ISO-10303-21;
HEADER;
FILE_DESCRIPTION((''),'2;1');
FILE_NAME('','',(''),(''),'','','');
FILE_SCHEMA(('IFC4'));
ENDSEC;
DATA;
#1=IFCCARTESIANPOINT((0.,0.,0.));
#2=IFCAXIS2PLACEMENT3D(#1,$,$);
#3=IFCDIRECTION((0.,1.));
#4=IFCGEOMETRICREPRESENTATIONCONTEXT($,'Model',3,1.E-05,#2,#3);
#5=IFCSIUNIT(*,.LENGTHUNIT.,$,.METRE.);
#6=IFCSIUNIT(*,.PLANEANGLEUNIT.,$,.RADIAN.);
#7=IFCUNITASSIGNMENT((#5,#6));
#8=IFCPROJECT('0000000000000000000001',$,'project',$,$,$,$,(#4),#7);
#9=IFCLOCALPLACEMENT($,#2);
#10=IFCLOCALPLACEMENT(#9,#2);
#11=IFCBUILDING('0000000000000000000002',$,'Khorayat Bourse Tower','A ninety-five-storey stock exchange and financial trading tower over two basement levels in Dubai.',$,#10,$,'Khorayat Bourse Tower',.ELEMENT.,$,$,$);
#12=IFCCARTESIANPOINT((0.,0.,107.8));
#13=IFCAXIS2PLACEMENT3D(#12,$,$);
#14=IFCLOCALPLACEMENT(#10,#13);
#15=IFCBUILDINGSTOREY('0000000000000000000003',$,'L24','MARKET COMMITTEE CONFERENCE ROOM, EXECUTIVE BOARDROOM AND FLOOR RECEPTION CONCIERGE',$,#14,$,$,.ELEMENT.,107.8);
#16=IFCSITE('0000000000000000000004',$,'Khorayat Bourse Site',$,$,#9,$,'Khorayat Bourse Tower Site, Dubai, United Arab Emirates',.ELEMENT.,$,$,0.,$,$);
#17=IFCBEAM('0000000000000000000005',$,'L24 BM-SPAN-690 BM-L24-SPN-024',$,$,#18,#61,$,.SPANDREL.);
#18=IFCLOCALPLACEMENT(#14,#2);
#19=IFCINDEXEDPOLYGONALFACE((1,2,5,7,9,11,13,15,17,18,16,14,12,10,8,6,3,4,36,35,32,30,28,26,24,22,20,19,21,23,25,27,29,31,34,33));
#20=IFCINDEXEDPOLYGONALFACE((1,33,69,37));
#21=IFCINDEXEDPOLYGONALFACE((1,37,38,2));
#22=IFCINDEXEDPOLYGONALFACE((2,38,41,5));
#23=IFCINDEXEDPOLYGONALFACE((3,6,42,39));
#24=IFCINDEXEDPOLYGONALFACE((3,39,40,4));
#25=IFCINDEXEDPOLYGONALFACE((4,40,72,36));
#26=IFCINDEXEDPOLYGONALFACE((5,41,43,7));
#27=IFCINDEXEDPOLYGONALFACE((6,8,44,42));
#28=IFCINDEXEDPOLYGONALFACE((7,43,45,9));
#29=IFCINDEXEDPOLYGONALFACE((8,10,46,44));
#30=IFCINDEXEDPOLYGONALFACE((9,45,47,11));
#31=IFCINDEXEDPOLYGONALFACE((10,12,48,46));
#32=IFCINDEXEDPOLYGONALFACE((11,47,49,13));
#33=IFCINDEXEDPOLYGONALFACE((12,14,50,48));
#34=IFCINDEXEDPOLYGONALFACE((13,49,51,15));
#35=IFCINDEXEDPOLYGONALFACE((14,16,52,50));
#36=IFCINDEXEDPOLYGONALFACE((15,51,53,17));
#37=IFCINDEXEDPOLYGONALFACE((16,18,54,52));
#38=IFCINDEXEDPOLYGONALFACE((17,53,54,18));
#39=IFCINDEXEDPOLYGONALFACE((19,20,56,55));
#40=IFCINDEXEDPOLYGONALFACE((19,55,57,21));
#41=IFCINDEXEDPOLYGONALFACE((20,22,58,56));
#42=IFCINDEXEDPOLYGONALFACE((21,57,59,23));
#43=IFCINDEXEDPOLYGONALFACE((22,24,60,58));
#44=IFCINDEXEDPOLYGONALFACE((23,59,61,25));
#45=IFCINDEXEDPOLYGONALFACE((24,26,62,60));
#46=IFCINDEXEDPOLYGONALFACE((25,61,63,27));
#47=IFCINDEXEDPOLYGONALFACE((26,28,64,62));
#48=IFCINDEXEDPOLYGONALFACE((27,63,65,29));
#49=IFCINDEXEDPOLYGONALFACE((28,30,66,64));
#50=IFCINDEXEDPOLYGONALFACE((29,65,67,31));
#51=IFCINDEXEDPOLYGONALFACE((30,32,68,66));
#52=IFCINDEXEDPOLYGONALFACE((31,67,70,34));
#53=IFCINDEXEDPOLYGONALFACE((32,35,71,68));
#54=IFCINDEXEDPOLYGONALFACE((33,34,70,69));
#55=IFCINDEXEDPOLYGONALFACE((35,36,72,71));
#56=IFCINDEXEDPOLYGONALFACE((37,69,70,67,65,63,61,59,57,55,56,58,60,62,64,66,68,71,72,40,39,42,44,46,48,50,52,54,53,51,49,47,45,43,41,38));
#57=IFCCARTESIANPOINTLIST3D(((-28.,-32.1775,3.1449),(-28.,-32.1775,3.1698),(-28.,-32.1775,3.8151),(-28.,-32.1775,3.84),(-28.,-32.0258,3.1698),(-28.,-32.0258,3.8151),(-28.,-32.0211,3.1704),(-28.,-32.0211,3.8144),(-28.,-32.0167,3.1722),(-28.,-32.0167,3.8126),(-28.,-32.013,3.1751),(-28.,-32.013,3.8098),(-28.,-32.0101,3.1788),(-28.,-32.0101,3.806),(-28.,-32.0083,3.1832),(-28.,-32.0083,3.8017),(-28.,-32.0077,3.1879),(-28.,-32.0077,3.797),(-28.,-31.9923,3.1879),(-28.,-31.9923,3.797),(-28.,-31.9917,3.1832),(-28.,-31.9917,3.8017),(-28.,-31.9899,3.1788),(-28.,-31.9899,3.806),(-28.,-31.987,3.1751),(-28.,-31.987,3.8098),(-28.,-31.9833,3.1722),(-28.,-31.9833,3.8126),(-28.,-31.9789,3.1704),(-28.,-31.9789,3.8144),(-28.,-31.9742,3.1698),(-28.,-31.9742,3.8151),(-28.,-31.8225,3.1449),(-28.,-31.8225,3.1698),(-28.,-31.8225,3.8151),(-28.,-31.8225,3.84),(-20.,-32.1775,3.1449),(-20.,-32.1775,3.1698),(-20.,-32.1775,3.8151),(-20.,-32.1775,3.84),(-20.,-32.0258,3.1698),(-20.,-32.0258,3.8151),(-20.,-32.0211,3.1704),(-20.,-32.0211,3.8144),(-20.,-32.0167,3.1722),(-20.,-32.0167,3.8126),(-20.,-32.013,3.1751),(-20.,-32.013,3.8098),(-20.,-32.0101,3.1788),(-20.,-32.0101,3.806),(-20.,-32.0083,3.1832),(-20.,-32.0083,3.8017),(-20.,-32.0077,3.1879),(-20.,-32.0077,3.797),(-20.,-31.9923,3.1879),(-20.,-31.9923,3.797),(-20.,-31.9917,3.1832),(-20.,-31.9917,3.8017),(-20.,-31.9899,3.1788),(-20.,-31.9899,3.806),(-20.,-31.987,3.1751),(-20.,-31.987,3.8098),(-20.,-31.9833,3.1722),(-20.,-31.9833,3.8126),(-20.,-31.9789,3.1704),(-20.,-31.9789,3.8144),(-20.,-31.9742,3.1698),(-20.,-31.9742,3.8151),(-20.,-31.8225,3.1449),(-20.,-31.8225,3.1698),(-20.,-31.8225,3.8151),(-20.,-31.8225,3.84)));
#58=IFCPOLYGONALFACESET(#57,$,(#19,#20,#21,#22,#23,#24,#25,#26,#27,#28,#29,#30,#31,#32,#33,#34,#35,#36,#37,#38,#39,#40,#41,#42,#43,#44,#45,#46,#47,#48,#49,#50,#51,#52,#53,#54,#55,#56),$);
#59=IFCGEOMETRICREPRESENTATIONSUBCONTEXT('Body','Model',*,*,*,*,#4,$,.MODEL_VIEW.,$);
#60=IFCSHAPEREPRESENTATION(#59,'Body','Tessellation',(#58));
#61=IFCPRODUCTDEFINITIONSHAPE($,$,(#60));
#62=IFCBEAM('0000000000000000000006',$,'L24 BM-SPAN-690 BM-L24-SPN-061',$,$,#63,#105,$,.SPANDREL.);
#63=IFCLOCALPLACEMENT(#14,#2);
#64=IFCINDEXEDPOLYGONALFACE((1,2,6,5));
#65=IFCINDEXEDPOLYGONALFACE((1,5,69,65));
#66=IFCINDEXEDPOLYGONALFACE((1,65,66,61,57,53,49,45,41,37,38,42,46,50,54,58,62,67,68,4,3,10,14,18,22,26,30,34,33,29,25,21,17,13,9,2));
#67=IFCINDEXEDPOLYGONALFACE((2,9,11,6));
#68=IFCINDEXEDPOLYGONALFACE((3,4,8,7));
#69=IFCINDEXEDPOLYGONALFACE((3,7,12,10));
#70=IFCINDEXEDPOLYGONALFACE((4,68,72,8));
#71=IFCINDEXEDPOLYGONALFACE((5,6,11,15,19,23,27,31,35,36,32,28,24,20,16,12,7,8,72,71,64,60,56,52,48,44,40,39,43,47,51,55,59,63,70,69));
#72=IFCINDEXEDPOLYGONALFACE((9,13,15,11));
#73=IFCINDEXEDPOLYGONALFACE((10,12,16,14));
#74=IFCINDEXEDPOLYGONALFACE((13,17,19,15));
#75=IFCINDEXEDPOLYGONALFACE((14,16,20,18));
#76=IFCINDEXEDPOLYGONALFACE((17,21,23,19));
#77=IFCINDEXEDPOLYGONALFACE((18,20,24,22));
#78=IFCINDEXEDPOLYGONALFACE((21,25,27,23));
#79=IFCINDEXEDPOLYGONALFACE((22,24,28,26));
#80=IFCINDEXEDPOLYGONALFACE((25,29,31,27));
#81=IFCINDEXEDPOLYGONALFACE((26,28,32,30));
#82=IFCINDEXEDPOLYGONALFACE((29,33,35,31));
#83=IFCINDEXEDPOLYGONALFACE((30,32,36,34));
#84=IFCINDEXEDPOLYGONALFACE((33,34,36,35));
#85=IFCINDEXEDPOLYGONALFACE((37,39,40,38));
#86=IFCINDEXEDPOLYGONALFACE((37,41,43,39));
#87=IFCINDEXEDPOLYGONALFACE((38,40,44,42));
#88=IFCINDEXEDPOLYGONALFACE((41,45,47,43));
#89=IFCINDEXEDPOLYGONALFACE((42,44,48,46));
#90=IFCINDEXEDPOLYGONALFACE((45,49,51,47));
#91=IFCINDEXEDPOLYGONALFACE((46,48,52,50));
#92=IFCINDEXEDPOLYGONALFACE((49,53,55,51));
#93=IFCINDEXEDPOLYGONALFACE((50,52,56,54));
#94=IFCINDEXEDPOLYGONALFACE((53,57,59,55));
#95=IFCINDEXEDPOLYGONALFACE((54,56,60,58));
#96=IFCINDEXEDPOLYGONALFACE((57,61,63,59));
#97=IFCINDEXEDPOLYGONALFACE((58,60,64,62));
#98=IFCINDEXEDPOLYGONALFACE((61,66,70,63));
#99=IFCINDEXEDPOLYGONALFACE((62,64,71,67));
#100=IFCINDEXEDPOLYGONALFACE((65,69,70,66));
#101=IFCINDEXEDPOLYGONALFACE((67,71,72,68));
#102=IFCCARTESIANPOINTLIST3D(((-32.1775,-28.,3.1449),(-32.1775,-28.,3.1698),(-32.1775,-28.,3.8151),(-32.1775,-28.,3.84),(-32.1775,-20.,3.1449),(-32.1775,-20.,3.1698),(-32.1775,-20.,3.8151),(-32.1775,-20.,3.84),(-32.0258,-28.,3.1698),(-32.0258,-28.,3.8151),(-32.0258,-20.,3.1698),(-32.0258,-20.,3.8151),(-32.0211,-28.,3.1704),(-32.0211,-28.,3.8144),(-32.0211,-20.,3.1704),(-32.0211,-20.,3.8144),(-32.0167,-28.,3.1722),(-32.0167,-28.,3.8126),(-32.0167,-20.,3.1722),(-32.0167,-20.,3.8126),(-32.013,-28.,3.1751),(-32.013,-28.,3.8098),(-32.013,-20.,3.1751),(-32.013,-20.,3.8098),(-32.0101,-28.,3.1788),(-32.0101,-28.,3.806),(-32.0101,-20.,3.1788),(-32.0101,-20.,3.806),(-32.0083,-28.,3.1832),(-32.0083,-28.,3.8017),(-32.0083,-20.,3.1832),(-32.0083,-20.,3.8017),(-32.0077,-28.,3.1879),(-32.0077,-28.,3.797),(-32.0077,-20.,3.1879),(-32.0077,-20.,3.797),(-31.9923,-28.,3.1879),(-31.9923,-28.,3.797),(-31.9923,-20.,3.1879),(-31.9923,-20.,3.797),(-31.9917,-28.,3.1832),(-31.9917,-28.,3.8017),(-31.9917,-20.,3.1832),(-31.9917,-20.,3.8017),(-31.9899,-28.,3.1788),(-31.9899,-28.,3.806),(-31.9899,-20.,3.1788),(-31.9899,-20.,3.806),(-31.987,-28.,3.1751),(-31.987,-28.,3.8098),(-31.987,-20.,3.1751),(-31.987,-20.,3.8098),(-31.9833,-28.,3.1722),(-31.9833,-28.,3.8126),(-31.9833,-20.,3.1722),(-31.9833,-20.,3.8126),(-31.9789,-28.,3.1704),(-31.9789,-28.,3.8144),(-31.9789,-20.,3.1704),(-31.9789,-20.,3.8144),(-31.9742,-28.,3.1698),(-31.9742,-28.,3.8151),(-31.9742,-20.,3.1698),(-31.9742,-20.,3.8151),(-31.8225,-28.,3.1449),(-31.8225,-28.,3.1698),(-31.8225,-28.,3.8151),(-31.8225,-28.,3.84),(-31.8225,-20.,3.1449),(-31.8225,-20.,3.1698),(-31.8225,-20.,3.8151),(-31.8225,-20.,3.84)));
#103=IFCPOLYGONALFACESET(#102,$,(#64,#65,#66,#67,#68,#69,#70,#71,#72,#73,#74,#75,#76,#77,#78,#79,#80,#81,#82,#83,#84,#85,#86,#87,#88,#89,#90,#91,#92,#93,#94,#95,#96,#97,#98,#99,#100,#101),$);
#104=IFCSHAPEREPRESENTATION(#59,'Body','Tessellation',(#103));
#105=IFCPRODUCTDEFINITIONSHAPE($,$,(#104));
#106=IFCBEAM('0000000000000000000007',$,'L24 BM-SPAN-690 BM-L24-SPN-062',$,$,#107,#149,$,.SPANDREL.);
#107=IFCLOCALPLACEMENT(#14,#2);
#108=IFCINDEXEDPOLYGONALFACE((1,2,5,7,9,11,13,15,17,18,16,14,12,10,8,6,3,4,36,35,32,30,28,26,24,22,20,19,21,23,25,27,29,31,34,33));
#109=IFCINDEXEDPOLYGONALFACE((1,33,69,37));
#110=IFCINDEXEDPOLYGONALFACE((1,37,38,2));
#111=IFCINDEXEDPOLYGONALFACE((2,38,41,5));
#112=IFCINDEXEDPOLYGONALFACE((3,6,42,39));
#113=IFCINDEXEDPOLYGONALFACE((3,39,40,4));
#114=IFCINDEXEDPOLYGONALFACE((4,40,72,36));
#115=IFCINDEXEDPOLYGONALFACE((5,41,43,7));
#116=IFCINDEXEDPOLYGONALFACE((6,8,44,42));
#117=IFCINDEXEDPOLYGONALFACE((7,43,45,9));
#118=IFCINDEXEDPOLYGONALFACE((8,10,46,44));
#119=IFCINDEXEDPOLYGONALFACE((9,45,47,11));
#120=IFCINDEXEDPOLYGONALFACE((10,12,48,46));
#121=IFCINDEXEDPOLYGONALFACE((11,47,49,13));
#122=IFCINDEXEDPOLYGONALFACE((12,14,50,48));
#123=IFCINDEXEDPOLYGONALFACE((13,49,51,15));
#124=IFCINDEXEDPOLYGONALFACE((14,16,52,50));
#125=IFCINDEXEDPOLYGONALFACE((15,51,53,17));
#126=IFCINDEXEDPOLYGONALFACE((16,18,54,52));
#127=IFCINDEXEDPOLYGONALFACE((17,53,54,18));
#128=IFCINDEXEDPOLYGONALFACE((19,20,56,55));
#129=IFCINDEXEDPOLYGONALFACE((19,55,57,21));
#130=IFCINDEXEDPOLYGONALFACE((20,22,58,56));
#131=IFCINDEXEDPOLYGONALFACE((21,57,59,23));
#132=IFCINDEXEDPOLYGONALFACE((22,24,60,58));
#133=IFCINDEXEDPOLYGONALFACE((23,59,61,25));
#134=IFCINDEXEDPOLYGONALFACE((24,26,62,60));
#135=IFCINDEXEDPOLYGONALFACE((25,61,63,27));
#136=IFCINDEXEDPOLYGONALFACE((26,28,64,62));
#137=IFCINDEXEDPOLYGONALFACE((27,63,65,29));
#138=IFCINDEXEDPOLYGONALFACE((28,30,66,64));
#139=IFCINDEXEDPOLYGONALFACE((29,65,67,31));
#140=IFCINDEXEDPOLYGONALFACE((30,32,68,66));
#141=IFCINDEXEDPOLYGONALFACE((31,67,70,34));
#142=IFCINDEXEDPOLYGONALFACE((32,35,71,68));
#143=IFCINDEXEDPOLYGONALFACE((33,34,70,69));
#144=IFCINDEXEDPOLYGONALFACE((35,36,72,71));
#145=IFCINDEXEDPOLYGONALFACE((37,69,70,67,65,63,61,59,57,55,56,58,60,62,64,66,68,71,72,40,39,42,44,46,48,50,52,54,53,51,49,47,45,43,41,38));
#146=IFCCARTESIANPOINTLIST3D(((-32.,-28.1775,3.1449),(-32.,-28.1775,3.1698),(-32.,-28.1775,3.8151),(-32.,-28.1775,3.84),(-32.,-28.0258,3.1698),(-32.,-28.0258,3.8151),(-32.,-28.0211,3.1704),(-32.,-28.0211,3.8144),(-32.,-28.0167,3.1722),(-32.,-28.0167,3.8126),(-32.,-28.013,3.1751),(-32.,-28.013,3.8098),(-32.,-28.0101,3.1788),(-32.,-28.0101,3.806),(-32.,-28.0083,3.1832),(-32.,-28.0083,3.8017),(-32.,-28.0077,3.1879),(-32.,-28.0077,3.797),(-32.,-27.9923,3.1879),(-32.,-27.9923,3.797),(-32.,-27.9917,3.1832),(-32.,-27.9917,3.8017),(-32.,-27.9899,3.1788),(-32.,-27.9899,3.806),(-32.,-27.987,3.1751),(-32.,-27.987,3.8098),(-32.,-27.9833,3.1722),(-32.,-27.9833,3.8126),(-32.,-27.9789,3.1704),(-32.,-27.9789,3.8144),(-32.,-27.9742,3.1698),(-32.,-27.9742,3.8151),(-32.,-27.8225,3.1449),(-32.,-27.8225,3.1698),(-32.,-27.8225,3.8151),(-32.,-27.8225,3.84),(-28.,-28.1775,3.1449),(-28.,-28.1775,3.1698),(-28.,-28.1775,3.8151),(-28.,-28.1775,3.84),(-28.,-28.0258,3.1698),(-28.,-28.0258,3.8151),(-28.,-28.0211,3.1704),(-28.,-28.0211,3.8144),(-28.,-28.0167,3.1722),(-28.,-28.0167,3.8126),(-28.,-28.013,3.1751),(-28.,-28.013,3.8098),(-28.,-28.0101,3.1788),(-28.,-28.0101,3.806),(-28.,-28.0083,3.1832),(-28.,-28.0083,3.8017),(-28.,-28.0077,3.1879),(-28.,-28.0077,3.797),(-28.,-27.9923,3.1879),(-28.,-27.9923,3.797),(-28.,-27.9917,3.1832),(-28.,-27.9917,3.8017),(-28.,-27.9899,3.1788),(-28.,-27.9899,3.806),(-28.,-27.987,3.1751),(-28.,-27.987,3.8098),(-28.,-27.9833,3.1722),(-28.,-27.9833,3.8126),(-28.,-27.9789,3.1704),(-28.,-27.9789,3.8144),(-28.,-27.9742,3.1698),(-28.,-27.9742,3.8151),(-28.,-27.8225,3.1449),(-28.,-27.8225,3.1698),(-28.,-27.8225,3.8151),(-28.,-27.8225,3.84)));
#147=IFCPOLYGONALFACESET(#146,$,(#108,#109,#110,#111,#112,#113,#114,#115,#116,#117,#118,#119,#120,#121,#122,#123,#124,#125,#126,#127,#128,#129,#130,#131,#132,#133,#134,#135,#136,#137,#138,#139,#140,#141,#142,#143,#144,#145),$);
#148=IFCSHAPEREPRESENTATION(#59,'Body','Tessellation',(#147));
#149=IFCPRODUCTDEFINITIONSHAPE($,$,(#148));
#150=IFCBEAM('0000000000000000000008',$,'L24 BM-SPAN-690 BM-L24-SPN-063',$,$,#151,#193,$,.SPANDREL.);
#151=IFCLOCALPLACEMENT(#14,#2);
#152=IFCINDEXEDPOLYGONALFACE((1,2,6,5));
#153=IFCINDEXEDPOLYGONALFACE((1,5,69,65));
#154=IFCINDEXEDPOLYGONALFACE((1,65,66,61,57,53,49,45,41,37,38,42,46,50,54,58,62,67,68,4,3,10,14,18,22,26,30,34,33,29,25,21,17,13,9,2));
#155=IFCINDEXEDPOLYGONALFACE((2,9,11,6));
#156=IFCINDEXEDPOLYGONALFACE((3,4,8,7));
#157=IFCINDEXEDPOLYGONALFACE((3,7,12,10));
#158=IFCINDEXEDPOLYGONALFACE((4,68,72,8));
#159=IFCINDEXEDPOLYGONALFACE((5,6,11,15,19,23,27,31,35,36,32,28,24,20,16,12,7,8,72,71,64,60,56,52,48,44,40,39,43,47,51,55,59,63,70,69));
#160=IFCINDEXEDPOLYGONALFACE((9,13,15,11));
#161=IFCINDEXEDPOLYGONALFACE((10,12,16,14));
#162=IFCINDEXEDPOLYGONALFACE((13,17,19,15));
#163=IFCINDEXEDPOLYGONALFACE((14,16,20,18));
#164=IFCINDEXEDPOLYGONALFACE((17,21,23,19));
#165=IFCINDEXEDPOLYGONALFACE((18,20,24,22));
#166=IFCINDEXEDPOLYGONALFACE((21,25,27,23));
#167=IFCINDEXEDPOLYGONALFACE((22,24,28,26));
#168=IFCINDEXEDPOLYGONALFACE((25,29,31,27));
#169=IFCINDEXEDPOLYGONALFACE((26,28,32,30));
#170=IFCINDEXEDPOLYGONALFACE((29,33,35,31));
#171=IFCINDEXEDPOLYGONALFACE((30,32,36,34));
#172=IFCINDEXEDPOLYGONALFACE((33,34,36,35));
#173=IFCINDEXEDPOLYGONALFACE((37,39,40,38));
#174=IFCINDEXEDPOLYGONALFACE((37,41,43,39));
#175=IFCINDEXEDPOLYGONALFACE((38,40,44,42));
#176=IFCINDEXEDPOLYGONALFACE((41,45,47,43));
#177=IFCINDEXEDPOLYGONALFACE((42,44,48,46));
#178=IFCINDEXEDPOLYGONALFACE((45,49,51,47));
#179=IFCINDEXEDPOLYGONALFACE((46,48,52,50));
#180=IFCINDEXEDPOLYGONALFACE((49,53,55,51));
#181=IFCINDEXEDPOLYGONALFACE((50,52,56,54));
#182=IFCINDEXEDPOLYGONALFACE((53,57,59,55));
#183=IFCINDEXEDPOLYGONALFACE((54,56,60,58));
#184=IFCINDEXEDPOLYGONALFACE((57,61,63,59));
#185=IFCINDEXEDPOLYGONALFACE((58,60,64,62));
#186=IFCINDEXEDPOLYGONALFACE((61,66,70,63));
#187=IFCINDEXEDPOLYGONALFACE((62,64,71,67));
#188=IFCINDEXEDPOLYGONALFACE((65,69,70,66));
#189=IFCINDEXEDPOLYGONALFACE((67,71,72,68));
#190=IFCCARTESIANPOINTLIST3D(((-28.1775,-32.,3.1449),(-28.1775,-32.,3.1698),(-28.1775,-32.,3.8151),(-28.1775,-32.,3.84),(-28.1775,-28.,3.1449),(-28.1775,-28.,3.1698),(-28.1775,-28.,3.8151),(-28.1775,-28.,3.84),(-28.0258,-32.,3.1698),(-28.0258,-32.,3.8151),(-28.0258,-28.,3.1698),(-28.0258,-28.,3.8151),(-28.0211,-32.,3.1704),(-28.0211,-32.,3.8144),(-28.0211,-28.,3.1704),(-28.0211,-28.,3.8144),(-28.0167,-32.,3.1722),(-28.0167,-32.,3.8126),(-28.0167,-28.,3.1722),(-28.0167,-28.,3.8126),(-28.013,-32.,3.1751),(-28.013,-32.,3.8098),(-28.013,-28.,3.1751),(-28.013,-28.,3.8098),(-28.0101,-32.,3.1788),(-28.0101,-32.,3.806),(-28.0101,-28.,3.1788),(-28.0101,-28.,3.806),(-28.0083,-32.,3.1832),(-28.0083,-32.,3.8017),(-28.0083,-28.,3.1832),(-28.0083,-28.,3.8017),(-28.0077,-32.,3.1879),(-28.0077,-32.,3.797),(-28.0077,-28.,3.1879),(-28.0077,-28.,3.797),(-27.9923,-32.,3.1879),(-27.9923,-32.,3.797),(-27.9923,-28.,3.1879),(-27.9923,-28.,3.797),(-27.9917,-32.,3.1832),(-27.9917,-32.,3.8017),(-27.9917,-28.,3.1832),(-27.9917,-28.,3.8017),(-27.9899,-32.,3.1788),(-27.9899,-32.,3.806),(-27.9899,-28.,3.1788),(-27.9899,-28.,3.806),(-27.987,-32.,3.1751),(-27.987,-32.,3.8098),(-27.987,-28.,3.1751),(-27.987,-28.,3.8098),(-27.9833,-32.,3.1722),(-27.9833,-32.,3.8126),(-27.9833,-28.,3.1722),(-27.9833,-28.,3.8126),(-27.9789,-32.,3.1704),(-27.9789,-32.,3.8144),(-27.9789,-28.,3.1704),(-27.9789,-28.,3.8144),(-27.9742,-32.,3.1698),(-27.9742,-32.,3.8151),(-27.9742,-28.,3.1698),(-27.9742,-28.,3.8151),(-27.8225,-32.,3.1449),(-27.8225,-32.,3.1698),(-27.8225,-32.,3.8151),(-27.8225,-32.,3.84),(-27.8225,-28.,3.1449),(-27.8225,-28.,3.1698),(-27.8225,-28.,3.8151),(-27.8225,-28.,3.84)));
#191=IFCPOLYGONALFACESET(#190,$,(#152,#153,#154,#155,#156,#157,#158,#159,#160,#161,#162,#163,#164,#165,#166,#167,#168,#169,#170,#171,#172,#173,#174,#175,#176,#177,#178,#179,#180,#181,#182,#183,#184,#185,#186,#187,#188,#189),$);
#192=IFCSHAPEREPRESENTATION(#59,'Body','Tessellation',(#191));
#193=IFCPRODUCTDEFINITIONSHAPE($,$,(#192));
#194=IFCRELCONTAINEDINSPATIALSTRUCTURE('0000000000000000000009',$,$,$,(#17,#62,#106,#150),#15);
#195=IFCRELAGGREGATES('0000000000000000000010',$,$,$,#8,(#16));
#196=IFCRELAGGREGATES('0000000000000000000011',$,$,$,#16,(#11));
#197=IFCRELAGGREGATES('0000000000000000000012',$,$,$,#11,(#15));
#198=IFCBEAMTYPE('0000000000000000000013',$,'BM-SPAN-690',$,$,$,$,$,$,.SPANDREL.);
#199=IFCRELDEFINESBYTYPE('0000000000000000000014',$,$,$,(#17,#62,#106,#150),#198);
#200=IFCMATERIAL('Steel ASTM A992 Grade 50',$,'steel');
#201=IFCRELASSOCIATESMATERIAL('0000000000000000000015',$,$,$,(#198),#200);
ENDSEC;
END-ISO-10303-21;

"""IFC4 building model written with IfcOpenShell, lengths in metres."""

from ifc_helpers import new_model, si_unit, direction, frame, origin, origin_2d, place, context, subcontext, project, spatial, i_section, extrude, source, transform, mapped, material, material_profile, profile_set, type_object, element, save


model = new_model("IFC4")

# Units and contexts
model_context = context("Model", 3, precision=1e-05, world=origin(), true_north=direction((0.0, 1.0)))
body_context = subcontext(model_context, "Body", "Model", "MODEL_VIEW")
ifc_project = project(units=[si_unit("LENGTHUNIT", "METRE"), si_unit("PLANEANGLEUNIT", "RADIAN")], contexts=[model_context])

# Site, building, storey
site_placement = place(None, origin())
site = spatial("IfcSite", under=ifc_project, at=site_placement, Name="Khorayat Bourse Site", LongName="Khorayat Bourse Tower Site, Dubai, United Arab Emirates", CompositionType="ELEMENT", RefElevation=0.0)
building_placement = place(site_placement, origin())
building = spatial("IfcBuilding", under=site, at=building_placement, Name="Khorayat Bourse Tower", Description="A ninety-five-storey stock exchange and financial trading tower over two basement levels in Dubai.", LongName="Khorayat Bourse Tower", CompositionType="ELEMENT")
storey_placement = place(building_placement, frame((0.0, 0.0, 107.8)))
storey = spatial("IfcBuildingStorey", under=building, at=storey_placement, Name="L24", Description="MARKET COMMITTEE CONFERENCE ROOM, EXECUTIVE BOARDROOM AND FLOOR RECEPTION CONCIERGE", CompositionType="ELEMENT", Elevation=107.8)

# Beams
ifc_material_1 = material(Name="Steel ASTM A992 Grade 50", Category="steel")
ifc_material_profile_1 = material_profile(ifc_material_1, i_section(OverallWidth=0.355, OverallDepth=0.6951, WebThickness=0.0154, FlangeThickness=0.0249, FilletRadius=0.0181, at=origin_2d()), Name="W690X217")
ifc_profile_set_1 = profile_set([ifc_material_profile_1], Name="Steel ASTM A992 Grade 50")
beam_type_1 = type_object("IfcBeamType", Name="BM-SPAN-690", PredefinedType="SPANDREL", material=ifc_profile_set_1)
shared_shape_1 = source(origin(), body_context, "Body", "SweptSolid", [
    extrude(i_section(OverallWidth=0.355, OverallDepth=0.6951, WebThickness=0.0154, FlangeThickness=0.0249, FilletRadius=0.0181, at=origin_2d()), origin(), (0.0, 0.0, 1.0), 8.0),
])
for number, where, z_axis, x_axis, name in (
    (1, (-28.0, -32.0, 3.4924), (1.0, 0.0, 0.0), (0.0, 1.0, 0.0), "L24 BM-SPAN-690 BM-L24-SPN-024"),
    (2, (-32.0, -28.0, 3.4924), (0.0, 1.0, 0.0), (-1.0, 0.0, 0.0), "L24 BM-SPAN-690 BM-L24-SPN-061"),
):
    element("IfcBeam", number, at=place(storey_placement, frame(where, z_axis=z_axis, x_axis=x_axis)), inside=storey, type_object=beam_type_1, Name=name, PredefinedType="SPANDREL", context=body_context, shape_type="MappedRepresentation", body=[
        mapped(shared_shape_1, transform((0.0, 0.0, 0.0), scale=1.0)),
    ])
shared_shape_2 = source(origin(), body_context, "Body", "SweptSolid", [
    extrude(i_section(OverallWidth=0.355, OverallDepth=0.6951, WebThickness=0.0154, FlangeThickness=0.0249, FilletRadius=0.0181, at=origin_2d()), origin(), (0.0, 0.0, 1.0), 4.0),
])
for number, where, z_axis, x_axis, name in (
    (3, (-32.0, -28.0, 3.4924), (1.0, 0.0, 0.0), (0.0, 1.0, 0.0), "L24 BM-SPAN-690 BM-L24-SPN-062"),
    (4, (-28.0, -32.0, 3.4924), (0.0, 1.0, 0.0), (-1.0, 0.0, 0.0), "L24 BM-SPAN-690 BM-L24-SPN-063"),
):
    element("IfcBeam", number, at=place(storey_placement, frame(where, z_axis=z_axis, x_axis=x_axis)), inside=storey, type_object=beam_type_1, Name=name, PredefinedType="SPANDREL", context=body_context, shape_type="MappedRepresentation", body=[
        mapped(shared_shape_2, transform((0.0, 0.0, 0.0), scale=1.0)),
    ])

save(model, "model.ifc")
